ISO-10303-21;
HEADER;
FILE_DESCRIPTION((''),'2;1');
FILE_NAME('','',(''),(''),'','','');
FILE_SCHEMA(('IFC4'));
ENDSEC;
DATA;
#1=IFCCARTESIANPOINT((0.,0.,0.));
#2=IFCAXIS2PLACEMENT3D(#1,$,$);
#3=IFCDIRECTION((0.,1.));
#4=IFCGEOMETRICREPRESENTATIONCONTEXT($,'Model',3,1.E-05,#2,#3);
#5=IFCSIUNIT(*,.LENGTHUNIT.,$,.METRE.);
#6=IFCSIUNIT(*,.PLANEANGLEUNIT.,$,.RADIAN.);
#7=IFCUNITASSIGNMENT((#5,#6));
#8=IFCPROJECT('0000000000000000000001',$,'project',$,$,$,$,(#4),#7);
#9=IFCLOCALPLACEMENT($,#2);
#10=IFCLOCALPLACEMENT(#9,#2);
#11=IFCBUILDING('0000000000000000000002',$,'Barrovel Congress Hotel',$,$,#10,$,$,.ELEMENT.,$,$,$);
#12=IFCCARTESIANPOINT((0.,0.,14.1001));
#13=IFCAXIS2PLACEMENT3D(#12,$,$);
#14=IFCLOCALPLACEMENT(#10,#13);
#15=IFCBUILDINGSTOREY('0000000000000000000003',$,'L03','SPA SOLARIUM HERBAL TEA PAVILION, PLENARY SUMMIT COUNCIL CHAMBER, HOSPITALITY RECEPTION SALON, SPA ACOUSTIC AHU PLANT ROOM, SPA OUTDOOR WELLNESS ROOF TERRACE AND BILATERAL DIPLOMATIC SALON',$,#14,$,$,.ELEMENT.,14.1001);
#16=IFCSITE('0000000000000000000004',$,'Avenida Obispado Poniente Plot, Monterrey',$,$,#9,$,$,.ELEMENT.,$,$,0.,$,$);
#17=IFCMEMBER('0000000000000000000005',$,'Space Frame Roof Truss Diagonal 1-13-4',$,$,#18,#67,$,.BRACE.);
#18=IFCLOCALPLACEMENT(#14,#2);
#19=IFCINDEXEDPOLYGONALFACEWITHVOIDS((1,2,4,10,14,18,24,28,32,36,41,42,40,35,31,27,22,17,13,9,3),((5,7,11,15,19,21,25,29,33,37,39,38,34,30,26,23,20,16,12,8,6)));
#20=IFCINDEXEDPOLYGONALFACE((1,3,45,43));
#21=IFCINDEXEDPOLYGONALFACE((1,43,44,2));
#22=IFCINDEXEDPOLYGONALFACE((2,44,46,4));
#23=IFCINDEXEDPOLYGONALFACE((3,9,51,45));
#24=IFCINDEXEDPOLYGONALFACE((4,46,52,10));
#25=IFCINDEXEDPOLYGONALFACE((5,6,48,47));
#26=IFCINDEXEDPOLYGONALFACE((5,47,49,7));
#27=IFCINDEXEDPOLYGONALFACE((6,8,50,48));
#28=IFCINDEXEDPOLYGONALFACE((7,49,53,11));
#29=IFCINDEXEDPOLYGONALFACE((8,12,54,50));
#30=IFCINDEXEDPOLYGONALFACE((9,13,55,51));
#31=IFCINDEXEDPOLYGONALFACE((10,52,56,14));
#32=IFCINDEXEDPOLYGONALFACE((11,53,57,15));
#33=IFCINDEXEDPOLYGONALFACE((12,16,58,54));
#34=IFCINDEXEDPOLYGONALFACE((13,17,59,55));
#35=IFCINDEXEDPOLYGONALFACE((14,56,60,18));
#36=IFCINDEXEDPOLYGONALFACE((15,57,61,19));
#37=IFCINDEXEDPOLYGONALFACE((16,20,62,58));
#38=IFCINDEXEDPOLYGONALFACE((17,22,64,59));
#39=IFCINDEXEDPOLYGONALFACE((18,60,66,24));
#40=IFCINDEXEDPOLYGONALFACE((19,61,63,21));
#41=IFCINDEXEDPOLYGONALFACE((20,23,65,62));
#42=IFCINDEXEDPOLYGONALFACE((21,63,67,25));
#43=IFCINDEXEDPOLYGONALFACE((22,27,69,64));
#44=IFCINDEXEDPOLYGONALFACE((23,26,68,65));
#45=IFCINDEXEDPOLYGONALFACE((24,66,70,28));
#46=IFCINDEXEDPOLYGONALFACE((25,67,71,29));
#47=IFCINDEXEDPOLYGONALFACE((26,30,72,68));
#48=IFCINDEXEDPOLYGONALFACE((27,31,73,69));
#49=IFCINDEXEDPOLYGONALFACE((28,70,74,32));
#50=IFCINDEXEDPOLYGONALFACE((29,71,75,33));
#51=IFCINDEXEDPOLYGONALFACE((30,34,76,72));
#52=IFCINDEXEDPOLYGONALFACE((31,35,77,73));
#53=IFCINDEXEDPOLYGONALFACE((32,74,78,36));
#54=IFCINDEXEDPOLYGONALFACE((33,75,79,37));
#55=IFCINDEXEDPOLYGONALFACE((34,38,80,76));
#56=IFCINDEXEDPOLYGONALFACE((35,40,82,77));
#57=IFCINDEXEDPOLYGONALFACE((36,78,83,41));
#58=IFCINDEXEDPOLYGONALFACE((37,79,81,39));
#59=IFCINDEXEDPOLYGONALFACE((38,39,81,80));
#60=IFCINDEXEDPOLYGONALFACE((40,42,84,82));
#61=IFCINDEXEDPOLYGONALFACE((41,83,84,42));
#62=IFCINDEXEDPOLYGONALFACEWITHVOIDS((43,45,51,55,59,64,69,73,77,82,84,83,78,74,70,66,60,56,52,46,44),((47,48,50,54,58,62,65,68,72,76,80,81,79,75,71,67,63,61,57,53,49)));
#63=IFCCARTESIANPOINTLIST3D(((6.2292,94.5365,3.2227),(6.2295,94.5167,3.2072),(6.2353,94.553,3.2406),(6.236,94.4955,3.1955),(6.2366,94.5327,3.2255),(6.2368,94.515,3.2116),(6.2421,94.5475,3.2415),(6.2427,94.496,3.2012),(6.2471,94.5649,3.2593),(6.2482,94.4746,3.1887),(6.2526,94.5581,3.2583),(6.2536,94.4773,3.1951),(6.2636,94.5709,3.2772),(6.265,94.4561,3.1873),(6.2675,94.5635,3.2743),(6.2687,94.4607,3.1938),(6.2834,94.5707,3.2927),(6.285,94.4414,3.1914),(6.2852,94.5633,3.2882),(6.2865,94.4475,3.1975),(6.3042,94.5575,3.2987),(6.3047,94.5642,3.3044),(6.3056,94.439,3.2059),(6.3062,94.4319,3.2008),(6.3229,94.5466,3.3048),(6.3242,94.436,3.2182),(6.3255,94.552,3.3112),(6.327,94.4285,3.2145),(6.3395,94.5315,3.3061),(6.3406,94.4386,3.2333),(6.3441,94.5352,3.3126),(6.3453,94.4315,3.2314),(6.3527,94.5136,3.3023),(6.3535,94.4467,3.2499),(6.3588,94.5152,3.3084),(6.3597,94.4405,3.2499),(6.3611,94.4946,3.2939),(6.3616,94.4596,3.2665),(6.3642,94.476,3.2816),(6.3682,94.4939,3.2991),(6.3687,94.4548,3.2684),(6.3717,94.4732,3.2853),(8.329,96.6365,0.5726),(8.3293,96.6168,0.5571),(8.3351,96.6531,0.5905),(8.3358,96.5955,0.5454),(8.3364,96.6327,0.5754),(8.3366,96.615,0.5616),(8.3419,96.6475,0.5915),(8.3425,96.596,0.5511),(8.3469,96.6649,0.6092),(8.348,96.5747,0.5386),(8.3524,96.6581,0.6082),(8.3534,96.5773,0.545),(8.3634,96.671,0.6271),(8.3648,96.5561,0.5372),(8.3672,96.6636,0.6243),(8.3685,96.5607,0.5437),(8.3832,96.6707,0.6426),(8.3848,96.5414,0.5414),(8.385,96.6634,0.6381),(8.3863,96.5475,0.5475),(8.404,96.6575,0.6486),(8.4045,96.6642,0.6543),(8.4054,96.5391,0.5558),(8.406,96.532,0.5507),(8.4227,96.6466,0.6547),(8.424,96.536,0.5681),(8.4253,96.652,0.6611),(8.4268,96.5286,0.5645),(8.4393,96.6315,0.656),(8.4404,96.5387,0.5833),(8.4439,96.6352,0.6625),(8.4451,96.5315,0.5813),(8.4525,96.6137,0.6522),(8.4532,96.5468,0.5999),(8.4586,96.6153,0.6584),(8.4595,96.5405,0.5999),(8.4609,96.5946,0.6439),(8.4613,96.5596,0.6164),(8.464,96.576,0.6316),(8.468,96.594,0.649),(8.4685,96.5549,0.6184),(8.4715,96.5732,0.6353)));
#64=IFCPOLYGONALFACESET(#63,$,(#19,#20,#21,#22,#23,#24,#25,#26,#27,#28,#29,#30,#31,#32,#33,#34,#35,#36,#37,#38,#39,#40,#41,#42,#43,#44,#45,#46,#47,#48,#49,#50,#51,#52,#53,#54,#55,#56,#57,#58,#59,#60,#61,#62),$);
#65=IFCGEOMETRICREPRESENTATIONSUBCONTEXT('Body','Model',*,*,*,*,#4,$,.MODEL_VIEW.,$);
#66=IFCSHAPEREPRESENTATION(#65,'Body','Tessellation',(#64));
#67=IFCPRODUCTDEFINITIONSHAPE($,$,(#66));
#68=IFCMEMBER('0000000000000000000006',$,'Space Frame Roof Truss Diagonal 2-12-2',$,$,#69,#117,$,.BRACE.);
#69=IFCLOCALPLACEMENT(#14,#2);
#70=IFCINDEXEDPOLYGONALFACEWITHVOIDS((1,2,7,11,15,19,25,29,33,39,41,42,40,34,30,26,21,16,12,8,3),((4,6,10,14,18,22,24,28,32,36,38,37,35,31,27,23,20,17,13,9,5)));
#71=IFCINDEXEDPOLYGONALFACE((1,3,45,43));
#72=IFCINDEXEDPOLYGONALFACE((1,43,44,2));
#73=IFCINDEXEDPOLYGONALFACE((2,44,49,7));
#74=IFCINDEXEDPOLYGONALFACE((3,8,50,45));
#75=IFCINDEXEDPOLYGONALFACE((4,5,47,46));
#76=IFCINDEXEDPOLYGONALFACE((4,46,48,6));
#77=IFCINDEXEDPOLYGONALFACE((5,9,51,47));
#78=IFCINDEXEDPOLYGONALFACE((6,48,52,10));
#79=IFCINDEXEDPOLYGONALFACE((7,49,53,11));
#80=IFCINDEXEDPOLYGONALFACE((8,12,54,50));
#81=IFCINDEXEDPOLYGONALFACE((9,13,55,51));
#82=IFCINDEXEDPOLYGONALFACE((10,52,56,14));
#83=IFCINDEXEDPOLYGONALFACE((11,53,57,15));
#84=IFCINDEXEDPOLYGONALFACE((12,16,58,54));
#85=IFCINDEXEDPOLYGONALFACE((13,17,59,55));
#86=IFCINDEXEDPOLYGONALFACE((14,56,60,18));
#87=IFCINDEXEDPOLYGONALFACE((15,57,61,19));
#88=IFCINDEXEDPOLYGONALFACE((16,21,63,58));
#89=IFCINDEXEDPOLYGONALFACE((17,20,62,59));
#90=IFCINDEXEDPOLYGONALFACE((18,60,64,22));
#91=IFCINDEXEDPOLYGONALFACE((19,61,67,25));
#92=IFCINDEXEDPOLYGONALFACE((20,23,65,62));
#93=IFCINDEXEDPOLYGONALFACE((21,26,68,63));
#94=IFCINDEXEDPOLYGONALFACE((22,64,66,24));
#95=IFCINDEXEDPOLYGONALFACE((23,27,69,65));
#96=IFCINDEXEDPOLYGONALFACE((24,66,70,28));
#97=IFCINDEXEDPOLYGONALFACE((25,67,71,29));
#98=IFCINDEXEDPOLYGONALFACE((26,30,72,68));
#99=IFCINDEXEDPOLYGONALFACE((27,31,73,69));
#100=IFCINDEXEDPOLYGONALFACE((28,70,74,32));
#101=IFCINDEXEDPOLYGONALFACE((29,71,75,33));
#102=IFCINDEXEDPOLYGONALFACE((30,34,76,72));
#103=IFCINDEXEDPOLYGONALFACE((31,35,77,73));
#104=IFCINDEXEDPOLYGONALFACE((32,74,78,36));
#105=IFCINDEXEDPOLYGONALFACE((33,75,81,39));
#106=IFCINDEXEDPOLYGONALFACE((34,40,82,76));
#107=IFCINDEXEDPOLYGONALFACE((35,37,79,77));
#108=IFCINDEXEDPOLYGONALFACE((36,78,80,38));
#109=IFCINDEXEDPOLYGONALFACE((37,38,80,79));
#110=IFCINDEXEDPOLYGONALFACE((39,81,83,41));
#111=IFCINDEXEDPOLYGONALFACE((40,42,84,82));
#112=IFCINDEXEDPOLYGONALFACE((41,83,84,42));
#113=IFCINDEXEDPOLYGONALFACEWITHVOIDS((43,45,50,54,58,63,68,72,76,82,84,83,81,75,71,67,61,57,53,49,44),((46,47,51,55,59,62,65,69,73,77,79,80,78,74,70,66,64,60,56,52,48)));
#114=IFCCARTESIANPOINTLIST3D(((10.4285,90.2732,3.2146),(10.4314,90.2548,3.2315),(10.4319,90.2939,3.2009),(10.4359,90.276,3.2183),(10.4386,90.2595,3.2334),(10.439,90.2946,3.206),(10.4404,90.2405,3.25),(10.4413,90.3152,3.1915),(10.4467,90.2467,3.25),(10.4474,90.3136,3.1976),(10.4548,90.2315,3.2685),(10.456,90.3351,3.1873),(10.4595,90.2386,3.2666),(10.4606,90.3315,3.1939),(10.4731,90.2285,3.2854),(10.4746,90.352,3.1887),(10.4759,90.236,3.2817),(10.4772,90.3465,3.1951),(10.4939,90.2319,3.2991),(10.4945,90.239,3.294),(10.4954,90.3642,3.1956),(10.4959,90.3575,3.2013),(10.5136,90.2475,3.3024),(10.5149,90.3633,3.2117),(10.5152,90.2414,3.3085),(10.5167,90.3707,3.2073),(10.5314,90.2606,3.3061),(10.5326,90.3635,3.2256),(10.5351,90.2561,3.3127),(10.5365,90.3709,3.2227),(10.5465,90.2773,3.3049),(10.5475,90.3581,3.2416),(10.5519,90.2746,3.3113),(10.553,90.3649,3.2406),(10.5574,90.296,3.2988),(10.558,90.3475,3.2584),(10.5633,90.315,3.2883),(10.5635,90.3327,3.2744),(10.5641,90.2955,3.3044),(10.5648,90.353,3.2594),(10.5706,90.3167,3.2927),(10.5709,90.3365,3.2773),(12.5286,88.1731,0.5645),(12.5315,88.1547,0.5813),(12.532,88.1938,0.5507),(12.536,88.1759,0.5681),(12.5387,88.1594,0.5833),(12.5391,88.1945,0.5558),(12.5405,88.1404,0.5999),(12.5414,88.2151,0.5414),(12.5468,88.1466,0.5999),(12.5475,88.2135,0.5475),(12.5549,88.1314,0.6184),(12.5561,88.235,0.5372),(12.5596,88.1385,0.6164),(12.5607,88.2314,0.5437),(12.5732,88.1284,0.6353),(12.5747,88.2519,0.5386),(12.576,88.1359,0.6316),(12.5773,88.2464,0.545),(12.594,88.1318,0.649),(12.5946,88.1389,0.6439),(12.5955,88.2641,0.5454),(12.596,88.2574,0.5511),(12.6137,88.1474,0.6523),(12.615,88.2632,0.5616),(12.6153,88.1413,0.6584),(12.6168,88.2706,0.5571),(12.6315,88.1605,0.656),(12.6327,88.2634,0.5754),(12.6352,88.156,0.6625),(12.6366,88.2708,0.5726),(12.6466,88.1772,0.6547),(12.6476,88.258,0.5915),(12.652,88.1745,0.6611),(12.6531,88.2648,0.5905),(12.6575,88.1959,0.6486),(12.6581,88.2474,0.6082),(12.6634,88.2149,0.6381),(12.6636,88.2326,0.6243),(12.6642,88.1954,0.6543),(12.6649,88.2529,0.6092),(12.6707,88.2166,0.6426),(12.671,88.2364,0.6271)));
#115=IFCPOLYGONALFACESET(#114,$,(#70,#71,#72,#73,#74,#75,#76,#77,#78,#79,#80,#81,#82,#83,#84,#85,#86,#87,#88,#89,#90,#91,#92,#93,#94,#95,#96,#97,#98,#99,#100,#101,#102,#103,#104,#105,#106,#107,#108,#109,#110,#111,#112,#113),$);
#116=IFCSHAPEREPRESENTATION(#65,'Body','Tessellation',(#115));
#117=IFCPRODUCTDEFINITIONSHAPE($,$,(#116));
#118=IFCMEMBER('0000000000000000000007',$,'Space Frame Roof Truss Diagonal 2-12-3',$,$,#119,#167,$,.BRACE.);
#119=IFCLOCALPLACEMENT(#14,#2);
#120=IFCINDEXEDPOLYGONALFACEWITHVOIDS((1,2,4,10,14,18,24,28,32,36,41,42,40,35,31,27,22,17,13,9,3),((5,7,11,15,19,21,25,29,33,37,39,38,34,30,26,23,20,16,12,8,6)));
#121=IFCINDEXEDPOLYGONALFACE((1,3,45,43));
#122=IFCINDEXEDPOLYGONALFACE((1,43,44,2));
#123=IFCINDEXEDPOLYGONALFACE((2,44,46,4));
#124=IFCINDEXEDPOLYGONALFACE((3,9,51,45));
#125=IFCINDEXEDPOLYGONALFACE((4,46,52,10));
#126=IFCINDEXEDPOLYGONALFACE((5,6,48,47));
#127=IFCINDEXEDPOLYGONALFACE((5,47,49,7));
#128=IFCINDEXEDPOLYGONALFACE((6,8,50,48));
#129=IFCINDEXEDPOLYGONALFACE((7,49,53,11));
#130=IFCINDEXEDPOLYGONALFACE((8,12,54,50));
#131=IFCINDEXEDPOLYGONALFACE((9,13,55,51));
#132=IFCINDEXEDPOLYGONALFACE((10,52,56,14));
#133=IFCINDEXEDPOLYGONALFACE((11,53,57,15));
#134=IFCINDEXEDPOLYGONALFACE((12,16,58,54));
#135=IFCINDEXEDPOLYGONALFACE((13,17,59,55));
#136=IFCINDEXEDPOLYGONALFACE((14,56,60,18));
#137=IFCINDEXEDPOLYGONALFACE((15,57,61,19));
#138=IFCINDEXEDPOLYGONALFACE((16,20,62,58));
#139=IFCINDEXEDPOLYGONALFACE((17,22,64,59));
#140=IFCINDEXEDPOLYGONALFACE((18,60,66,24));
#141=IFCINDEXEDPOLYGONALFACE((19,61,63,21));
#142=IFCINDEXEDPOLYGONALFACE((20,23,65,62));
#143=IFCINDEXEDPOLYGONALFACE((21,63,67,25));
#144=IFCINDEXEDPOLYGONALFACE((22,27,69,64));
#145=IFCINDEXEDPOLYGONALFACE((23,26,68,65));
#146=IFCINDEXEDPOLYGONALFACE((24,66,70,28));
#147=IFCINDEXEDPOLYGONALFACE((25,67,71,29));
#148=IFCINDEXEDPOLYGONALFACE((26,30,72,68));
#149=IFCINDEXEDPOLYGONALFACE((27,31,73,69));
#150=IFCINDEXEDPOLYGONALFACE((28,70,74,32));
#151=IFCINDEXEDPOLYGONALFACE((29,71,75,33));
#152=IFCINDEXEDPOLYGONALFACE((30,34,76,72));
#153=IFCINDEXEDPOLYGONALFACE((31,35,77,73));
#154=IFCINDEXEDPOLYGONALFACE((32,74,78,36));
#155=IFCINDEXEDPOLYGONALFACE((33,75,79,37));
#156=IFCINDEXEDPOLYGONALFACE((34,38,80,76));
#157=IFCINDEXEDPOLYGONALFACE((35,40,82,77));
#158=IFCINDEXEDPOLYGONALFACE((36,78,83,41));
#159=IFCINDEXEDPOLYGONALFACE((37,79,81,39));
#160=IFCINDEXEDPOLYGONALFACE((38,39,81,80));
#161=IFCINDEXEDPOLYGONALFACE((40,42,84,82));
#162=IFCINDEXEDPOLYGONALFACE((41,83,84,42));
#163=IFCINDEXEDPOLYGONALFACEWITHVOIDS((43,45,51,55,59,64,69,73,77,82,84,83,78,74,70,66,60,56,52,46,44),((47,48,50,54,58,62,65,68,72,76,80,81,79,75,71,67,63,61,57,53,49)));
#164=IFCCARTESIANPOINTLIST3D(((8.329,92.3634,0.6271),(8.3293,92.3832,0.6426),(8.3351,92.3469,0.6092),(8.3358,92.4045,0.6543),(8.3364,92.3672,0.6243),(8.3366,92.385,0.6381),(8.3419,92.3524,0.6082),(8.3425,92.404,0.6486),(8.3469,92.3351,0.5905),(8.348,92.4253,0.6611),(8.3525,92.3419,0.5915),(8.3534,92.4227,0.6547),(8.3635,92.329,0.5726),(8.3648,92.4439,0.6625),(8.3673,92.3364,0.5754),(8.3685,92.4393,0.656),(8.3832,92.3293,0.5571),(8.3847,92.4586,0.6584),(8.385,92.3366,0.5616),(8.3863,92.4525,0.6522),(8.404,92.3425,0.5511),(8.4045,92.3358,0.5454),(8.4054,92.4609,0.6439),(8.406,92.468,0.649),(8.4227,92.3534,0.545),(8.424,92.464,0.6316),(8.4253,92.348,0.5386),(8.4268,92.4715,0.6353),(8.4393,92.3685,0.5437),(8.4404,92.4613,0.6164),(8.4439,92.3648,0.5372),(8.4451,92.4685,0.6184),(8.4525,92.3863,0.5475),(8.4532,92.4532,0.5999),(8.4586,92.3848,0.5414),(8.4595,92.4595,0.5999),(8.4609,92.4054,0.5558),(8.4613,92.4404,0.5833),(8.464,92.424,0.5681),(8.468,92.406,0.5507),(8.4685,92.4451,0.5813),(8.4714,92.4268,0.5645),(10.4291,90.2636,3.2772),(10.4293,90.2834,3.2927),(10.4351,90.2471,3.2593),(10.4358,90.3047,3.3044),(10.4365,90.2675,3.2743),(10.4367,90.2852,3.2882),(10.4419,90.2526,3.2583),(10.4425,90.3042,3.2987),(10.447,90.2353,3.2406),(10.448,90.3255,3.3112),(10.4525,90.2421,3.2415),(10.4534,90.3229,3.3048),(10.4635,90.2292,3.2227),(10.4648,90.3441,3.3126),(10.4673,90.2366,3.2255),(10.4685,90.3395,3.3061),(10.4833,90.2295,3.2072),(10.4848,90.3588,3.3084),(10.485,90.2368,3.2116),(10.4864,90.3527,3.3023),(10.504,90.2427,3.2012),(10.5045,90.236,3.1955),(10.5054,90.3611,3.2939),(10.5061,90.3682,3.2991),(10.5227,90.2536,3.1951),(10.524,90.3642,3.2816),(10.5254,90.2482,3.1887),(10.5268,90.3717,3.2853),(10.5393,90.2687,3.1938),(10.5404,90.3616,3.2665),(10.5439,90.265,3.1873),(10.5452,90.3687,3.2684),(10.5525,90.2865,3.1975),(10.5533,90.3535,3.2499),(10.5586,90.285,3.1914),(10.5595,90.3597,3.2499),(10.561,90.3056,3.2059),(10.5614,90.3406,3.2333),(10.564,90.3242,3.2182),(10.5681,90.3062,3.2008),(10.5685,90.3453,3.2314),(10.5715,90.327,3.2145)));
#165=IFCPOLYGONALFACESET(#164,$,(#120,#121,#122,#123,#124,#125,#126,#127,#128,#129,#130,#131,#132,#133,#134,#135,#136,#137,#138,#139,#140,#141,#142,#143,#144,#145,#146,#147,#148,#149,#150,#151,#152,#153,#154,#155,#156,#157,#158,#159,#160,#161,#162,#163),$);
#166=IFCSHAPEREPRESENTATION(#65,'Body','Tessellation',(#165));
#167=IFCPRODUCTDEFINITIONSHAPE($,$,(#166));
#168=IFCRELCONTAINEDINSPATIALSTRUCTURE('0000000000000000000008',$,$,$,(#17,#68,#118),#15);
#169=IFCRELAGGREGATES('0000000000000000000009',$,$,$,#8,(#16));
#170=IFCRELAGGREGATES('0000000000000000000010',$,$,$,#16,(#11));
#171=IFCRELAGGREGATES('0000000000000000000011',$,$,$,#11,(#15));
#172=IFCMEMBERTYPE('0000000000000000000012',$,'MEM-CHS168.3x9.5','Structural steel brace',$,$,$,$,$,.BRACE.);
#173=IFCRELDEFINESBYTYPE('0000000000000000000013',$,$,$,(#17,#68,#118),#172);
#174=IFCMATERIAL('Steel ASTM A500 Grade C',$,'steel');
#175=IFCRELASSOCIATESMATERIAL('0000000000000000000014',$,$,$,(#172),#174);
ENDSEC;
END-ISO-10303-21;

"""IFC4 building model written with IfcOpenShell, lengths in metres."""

from ifc_helpers import new_model, si_unit, direction, frame, origin, origin_2d, place, context, subcontext, project, spatial, hollow_circle, extrude, material, material_profile, profile_set, type_object, element, save


model = new_model("IFC4")

# Units and contexts
model_context = context("Model", 3, precision=1e-05, world=origin(), true_north=direction((0.0, 1.0)))
body_context = subcontext(model_context, "Body", "Model", "MODEL_VIEW")
ifc_project = project(units=[si_unit("LENGTHUNIT", "METRE"), si_unit("PLANEANGLEUNIT", "RADIAN")], contexts=[model_context])

# Site, building, storey
site_placement = place(None, origin())
site = spatial("IfcSite", under=ifc_project, at=site_placement, Name="Avenida Obispado Poniente Plot, Monterrey", CompositionType="ELEMENT", RefElevation=0.0)
building_placement = place(site_placement, origin())
building = spatial("IfcBuilding", under=site, at=building_placement, Name="Barrovel Congress Hotel", CompositionType="ELEMENT")
storey_placement = place(building_placement, frame((0.0, 0.0, 14.1001)))
storey = spatial("IfcBuildingStorey", under=building, at=storey_placement, Name="L03", Description="SPA SOLARIUM HERBAL TEA PAVILION, PLENARY SUMMIT COUNCIL CHAMBER, HOSPITALITY RECEPTION SALON, SPA ACOUSTIC AHU PLANT ROOM, SPA OUTDOOR WELLNESS ROOF TERRACE AND BILATERAL DIPLOMATIC SALON", CompositionType="ELEMENT", Elevation=14.1001)

# Members
ifc_material_1 = material(Name="Steel ASTM A500 Grade C", Category="steel")
ifc_material_profile_1 = material_profile(ifc_material_1, hollow_circle(Radius=0.0842, WallThickness=0.0088, at=origin_2d()), Name="CHS168.3x9.5")
ifc_profile_set_1 = profile_set([ifc_material_profile_1], Name="Steel ASTM A500 Grade C")
member_type_1 = type_object("IfcMemberType", Name="MEM-CHS168.3x9.5", Description="Structural steel brace", PredefinedType="BRACE", material=ifc_profile_set_1)
member_1_placement = place(storey_placement, frame((8.3999, 96.6001, 0.5999), z_axis=(-0.527557, -0.527618, 0.66581), x_axis=(0.707148, -0.707066, 0.0)))
element("IfcMember", 1, at=member_1_placement, inside=storey, type_object=member_type_1, Name="Space Frame Roof Truss Diagonal 1-13-4", PredefinedType="BRACE", context=body_context, shape_type="SweptSolid", body=[
    extrude(hollow_circle(Radius=0.0842, WallThickness=0.0088, at=origin_2d()), origin(), (0.0, 0.0, 1.0), 3.9802),
])
member_2_placement = place(storey_placement, frame((12.6001, 88.2, 0.5999), z_axis=(-0.527601, 0.527601, 0.665788), x_axis=(-0.707107, -0.707107, 0.0)))
element("IfcMember", 2, at=member_2_placement, inside=storey, type_object=member_type_1, Name="Space Frame Roof Truss Diagonal 2-12-2", PredefinedType="BRACE", context=body_context, shape_type="SweptSolid", body=[
    extrude(hollow_circle(Radius=0.0842, WallThickness=0.0088, at=origin_2d()), origin(), (0.0, 0.0, 1.0), 3.9805),
])
for number, where, z_axis, x_axis, name in (
    (3, (8.3999, 92.3999, 0.5999), (0.527618, -0.527557, 0.66581), (0.707066, 0.707148, 0.0), "Space Frame Roof Truss Diagonal 2-12-3"),
):
    element("IfcMember", number, at=place(storey_placement, frame(where, z_axis=z_axis, x_axis=x_axis)), inside=storey, type_object=member_type_1, Name=name, PredefinedType="BRACE", context=body_context, shape_type="SweptSolid", body=[
        extrude(hollow_circle(Radius=0.0842, WallThickness=0.0088, at=origin_2d()), origin(), (0.0, 0.0, 1.0), 3.9802),
    ])

save(model, "model.ifc")
